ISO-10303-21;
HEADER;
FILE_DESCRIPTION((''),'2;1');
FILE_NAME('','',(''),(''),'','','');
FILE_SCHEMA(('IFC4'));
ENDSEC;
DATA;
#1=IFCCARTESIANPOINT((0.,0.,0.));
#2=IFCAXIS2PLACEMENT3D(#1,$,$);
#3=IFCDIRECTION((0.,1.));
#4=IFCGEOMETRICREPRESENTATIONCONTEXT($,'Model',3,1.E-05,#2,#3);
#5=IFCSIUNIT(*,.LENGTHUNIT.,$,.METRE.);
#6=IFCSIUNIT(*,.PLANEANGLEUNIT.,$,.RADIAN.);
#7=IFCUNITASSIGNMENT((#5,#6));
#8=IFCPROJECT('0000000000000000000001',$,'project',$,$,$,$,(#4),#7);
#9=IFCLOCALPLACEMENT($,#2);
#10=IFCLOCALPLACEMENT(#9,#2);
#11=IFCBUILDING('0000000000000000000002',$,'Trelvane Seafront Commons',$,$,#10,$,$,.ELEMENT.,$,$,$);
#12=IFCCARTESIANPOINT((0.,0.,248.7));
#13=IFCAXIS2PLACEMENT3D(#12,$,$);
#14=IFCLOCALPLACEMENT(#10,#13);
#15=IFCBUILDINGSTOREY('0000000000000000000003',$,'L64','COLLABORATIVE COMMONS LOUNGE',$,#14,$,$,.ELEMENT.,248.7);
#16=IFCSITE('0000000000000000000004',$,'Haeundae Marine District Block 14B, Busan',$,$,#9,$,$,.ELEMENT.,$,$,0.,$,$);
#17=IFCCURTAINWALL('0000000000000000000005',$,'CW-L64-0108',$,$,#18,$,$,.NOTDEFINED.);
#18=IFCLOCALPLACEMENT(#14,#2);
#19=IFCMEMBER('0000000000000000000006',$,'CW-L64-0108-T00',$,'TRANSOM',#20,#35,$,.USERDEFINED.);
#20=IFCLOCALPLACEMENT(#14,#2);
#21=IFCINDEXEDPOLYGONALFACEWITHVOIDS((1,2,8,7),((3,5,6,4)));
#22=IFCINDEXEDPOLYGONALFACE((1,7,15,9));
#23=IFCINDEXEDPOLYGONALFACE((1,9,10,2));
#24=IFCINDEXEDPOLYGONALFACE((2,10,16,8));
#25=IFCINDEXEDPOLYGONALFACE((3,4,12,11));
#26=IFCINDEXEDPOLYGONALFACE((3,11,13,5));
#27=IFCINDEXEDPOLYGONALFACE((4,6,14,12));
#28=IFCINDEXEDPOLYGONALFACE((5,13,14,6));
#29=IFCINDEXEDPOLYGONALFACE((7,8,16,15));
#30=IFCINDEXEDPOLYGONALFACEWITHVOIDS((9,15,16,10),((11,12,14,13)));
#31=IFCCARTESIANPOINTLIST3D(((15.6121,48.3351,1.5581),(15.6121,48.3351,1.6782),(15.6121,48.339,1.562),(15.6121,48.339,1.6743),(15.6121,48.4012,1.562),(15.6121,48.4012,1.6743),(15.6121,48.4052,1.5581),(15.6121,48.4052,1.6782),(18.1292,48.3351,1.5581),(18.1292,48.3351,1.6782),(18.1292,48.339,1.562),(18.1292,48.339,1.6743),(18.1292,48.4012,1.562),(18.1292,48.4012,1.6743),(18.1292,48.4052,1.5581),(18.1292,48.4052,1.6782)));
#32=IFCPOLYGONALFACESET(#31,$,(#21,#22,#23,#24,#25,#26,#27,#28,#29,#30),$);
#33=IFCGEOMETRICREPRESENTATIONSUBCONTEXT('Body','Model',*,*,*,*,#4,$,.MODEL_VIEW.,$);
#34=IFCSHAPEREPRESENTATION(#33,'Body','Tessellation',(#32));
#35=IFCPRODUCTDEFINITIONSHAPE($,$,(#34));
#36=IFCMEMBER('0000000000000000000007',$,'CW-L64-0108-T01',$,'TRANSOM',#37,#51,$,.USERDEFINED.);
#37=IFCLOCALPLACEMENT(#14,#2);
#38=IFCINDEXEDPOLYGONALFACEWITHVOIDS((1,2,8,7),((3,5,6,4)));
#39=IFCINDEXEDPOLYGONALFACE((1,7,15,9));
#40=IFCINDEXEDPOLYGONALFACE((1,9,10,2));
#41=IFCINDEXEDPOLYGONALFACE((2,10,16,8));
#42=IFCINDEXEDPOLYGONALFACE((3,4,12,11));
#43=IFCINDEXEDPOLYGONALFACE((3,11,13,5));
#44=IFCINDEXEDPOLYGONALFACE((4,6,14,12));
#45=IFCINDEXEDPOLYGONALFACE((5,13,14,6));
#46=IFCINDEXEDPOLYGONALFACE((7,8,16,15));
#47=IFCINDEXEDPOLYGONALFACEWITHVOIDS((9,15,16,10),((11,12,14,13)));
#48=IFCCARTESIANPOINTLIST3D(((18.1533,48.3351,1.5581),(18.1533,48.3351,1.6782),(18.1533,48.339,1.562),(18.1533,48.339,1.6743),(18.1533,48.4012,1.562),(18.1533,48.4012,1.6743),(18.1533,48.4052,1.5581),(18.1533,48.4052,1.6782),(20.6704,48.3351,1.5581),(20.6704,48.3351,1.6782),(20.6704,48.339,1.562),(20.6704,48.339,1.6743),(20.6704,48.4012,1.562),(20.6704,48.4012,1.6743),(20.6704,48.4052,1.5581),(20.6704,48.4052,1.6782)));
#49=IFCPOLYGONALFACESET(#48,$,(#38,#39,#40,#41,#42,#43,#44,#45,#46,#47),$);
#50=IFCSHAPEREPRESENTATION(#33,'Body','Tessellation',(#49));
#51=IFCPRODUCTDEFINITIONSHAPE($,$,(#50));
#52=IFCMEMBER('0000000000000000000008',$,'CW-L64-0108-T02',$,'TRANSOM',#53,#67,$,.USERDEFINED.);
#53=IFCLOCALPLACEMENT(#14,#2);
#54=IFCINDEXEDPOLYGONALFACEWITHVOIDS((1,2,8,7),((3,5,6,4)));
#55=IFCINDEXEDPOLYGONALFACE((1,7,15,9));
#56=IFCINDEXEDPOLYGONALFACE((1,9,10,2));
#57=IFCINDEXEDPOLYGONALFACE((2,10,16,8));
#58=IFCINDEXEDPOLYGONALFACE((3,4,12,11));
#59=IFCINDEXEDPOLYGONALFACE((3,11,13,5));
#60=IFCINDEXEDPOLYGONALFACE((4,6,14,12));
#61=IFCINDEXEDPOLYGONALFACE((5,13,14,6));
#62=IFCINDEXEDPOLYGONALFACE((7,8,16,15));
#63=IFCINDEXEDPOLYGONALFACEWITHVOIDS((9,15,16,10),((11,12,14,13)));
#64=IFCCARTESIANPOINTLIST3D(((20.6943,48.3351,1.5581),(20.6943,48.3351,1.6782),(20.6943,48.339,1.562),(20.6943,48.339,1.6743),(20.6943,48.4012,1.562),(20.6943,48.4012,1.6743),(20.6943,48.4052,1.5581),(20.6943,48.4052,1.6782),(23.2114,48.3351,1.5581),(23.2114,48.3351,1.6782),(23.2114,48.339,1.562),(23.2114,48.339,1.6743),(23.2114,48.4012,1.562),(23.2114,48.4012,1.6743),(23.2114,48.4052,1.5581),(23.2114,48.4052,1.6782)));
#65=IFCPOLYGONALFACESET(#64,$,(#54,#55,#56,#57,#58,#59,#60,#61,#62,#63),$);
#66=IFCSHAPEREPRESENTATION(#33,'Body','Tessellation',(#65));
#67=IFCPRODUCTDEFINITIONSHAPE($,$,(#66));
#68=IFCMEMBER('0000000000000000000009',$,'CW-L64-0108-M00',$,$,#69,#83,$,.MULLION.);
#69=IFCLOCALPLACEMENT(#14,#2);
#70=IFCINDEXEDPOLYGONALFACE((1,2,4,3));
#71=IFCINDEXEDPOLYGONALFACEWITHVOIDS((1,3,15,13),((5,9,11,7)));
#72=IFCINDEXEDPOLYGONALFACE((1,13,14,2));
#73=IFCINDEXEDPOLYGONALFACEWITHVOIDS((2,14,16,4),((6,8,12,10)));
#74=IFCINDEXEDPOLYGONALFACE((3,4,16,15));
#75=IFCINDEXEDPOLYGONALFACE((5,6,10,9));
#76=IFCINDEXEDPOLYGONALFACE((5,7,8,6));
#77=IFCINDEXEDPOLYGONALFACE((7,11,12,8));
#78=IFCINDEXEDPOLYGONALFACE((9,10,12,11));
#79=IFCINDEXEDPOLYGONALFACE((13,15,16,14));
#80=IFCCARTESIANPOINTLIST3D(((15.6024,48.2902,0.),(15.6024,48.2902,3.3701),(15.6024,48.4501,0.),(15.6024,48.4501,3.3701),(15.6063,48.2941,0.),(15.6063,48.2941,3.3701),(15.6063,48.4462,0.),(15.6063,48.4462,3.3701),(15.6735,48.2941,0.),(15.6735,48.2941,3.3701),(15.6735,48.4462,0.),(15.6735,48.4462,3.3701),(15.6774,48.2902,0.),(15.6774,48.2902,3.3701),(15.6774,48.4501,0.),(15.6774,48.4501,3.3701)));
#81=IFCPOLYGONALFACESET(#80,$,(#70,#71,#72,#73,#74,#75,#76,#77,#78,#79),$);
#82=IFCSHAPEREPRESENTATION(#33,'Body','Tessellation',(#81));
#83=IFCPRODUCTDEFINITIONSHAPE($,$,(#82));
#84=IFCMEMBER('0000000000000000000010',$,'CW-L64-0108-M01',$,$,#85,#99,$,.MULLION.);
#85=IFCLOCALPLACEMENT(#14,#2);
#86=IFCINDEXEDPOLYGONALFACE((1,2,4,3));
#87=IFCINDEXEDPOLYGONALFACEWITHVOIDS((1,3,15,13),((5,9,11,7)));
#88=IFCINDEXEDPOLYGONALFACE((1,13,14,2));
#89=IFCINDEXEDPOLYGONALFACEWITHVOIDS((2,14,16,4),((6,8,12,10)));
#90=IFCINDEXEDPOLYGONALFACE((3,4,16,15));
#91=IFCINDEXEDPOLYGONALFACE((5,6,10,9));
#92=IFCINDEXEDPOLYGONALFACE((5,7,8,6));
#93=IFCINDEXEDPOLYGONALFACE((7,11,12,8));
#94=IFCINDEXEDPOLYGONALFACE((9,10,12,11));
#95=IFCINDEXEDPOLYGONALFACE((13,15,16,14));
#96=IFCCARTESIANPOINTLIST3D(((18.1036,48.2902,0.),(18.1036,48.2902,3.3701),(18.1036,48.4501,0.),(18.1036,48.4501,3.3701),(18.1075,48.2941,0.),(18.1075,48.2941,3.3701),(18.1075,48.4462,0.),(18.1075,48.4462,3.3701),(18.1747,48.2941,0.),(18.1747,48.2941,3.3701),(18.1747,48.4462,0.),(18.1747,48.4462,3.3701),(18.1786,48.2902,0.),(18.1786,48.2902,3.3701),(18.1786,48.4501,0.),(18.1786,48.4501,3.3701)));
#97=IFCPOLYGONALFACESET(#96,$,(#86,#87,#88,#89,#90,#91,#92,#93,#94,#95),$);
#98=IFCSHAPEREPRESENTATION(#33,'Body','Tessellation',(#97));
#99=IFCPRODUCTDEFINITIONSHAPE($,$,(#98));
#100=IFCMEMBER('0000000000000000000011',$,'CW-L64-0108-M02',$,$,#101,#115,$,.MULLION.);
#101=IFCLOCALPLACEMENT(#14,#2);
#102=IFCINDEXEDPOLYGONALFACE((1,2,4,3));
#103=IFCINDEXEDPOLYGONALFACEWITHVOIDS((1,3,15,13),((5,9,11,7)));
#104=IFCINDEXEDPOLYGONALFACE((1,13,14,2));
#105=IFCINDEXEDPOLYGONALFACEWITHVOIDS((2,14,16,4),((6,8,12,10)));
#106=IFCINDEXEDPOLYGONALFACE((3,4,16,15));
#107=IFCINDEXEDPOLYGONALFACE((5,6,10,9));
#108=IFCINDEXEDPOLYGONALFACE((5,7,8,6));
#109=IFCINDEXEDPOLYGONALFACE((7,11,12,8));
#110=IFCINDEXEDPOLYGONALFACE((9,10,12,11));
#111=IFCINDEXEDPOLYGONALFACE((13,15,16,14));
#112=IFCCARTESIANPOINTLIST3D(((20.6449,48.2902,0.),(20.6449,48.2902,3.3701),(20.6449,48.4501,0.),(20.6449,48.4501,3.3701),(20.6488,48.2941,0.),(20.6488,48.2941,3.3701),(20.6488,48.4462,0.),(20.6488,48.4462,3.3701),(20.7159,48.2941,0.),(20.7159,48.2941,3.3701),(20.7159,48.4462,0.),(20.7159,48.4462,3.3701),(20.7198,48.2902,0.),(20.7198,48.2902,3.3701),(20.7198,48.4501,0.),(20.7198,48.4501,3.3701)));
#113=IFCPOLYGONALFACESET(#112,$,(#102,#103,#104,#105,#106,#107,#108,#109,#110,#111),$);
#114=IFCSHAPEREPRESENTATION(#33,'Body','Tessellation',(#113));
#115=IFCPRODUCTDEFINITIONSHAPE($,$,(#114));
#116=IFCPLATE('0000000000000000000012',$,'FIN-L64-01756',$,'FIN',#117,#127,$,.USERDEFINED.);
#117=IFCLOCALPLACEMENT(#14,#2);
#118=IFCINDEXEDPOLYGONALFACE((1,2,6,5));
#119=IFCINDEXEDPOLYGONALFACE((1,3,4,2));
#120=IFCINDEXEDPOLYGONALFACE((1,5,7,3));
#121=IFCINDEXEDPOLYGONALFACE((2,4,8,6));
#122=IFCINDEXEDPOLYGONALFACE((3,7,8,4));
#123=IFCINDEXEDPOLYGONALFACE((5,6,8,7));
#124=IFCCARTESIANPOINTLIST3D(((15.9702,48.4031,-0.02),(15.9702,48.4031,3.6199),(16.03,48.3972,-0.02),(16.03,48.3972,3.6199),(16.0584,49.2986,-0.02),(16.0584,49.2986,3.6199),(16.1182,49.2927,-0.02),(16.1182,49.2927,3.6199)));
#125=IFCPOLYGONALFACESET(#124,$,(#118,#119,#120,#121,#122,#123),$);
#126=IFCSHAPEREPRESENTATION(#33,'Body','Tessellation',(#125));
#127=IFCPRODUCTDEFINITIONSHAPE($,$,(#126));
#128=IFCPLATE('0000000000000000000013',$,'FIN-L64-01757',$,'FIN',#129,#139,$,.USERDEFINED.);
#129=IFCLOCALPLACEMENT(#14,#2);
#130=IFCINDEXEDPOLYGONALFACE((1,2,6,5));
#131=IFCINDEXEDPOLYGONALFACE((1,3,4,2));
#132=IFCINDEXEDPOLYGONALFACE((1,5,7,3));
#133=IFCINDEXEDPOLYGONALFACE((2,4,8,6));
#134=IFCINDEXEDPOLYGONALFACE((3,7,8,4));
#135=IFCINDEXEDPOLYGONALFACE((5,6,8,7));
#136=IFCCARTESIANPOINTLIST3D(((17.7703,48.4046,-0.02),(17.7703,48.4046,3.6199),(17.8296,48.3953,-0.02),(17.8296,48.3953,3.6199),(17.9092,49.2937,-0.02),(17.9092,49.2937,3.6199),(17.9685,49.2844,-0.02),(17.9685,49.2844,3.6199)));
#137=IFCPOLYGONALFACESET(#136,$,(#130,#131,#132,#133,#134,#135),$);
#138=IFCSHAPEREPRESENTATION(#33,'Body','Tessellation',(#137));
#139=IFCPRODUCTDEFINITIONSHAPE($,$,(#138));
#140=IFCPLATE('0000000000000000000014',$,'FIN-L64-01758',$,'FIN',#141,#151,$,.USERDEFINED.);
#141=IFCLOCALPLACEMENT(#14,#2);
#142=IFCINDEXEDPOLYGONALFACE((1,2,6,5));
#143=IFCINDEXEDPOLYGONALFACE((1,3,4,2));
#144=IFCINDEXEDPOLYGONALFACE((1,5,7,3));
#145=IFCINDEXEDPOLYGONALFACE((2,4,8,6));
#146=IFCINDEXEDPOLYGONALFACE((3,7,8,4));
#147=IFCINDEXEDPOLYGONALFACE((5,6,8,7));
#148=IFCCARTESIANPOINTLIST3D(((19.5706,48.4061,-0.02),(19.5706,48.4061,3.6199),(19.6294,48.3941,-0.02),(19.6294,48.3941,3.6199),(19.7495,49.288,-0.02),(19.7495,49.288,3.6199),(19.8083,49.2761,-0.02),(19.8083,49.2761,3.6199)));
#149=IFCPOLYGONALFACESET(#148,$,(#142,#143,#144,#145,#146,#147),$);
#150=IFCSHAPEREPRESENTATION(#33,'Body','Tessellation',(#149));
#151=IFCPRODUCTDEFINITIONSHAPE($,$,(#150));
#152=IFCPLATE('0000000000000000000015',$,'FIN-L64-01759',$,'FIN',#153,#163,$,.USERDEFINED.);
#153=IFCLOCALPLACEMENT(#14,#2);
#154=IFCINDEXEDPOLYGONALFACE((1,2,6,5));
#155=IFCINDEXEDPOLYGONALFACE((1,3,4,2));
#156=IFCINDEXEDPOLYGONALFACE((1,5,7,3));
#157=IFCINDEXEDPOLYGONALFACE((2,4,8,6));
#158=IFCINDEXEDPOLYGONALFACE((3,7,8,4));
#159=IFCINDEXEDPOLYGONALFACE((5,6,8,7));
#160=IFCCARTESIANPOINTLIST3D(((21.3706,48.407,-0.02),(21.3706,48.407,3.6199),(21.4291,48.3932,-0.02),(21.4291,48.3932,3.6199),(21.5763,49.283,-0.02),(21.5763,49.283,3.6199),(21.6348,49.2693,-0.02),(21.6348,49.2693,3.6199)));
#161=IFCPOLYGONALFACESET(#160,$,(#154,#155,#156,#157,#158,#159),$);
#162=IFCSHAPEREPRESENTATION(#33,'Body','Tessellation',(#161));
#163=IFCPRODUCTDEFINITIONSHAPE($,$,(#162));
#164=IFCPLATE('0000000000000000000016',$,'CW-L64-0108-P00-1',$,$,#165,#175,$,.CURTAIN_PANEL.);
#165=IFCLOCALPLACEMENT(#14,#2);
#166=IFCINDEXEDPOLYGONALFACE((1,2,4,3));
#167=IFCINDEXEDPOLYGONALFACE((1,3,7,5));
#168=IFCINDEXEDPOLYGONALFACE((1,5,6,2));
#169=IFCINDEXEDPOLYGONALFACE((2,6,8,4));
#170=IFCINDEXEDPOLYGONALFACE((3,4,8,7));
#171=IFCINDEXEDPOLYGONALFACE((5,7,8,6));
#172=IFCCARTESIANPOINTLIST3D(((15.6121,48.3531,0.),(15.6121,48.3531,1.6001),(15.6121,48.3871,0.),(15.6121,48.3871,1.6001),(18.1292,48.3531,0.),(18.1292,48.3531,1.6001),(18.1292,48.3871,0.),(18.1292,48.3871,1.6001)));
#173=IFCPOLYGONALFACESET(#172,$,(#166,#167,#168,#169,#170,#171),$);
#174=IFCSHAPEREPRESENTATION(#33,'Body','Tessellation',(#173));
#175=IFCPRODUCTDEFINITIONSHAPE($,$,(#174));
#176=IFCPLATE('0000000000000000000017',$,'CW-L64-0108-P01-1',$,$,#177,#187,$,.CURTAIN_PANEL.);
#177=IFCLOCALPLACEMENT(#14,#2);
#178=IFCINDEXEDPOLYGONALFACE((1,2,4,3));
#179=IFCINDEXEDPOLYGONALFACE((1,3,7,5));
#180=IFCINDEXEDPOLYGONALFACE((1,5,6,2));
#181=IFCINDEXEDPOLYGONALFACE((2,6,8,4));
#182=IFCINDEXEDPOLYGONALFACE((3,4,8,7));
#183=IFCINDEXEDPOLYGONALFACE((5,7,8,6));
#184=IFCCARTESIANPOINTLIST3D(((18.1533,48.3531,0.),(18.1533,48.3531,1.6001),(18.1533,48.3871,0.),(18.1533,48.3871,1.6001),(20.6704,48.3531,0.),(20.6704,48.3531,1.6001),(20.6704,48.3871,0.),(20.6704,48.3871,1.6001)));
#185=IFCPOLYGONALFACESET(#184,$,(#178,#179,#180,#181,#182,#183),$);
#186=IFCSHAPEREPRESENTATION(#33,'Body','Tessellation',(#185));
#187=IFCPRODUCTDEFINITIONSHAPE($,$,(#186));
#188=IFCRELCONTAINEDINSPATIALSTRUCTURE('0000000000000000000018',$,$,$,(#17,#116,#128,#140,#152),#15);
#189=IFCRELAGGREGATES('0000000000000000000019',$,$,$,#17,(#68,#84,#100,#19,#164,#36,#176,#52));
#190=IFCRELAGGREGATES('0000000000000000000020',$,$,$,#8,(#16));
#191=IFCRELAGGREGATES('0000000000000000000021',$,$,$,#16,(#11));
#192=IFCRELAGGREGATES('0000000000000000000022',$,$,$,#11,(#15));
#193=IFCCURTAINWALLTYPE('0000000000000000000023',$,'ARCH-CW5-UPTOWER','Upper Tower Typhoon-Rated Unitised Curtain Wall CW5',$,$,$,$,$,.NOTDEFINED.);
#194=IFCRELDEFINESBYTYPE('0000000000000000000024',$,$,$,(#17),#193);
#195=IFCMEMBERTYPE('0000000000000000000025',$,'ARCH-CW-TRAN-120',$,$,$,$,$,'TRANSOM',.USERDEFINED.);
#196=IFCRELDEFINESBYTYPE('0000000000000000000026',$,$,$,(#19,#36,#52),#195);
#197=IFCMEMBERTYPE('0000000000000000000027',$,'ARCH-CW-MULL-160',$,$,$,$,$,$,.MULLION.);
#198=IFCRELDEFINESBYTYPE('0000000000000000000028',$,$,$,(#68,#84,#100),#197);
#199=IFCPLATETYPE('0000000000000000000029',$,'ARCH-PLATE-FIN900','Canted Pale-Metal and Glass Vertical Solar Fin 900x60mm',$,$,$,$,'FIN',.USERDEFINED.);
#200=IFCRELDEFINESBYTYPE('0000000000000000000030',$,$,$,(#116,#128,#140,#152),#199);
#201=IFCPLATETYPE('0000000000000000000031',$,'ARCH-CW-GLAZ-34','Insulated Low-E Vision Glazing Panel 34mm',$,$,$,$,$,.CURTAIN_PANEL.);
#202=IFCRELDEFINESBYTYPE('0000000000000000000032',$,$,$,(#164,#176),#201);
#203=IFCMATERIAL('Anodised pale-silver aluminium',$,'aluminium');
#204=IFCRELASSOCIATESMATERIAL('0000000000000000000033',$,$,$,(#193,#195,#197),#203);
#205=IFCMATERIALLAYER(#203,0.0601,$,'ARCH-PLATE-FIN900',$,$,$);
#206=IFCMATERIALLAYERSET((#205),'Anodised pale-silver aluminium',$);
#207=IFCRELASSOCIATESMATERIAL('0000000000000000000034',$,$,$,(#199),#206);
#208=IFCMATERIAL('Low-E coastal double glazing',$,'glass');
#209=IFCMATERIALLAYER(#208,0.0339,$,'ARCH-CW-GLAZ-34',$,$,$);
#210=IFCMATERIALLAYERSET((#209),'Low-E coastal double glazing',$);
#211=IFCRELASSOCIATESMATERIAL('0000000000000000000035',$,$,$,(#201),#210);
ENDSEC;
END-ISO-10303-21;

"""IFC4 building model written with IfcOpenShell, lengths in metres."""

from ifc_helpers import new_model, si_unit, direction, frame, origin, origin_2d, place, context, subcontext, project, spatial, rectangle, hollow_rectangle, extrude, source, transform, mapped, material, layer, layer_set, material_profile, profile_set, type_object, element, aggregate, save


model = new_model("IFC4")

# Units and contexts
model_context = context("Model", 3, precision=1e-05, world=origin(), true_north=direction((0.0, 1.0)))
body_context = subcontext(model_context, "Body", "Model", "MODEL_VIEW")
ifc_project = project(units=[si_unit("LENGTHUNIT", "METRE"), si_unit("PLANEANGLEUNIT", "RADIAN")], contexts=[model_context])

# Site, building, storey
site_placement = place(None, origin())
site = spatial("IfcSite", under=ifc_project, at=site_placement, Name="Haeundae Marine District Block 14B, Busan", CompositionType="ELEMENT", RefElevation=0.0)
building_placement = place(site_placement, origin())
building = spatial("IfcBuilding", under=site, at=building_placement, Name="Trelvane Seafront Commons", CompositionType="ELEMENT")
storey_placement = place(building_placement, frame((0.0, 0.0, 248.7)))
storey = spatial("IfcBuildingStorey", under=building, at=storey_placement, Name="L64", Description="COLLABORATIVE COMMONS LOUNGE", CompositionType="ELEMENT", Elevation=248.7)

# Curtain wall, members
ifc_material_1 = material(Name="Anodised pale-silver aluminium", Category="aluminium")
curtain_wall_type = type_object("IfcCurtainWallType", Name="ARCH-CW5-UPTOWER", Description="Upper Tower Typhoon-Rated Unitised Curtain Wall CW5", PredefinedType="NOTDEFINED", material=ifc_material_1)
curtain_wall_placement = place(storey_placement, origin())
curtain_wall = element("IfcCurtainWall", 1, at=curtain_wall_placement, inside=storey, type_object=curtain_wall_type, Name="CW-L64-0108", PredefinedType="NOTDEFINED")
ifc_material_profile_1 = material_profile(ifc_material_1, hollow_rectangle(XDim=0.0701, YDim=0.1201, WallThickness=0.0039, at=origin_2d()), Name="TRAN-70x120x4")
ifc_profile_set_1 = profile_set([ifc_material_profile_1], Name="Anodised pale-silver aluminium")
member_type_1 = type_object("IfcMemberType", Name="ARCH-CW-TRAN-120", ElementType="TRANSOM", PredefinedType="USERDEFINED", material=ifc_profile_set_1)
shared_shape_1 = source(origin(), body_context, "Body", "SweptSolid", [
    extrude(hollow_rectangle(XDim=0.0701, YDim=0.1201, WallThickness=0.0039, at=origin_2d()), origin(), (0.0, 0.0, 1.0), 2.5171),
])
member_1_placement = place(storey_placement, frame((15.6121, 48.3701, 1.6182), z_axis=(1.0, 0.0, 0.0), x_axis=(0.0, 1.0, 0.0)))
member_1 = element("IfcMember", 2, at=member_1_placement, type_object=member_type_1, Name="CW-L64-0108-T00", ObjectType="TRANSOM", PredefinedType="USERDEFINED", context=body_context, shape_type="MappedRepresentation", body=[
    mapped(shared_shape_1, transform((0.0, 0.0, 0.0), x_axis=(1.0, 0.0, 0.0), y_axis=(0.0, 1.0, 0.0), z_axis=(0.0, 0.0, 1.0), scale=1.0)),
])
member_2_placement = place(storey_placement, frame((18.1533, 48.3701, 1.6182), z_axis=(1.0, 0.0, 0.0), x_axis=(0.0, 1.0, 0.0)))
member_2 = element("IfcMember", 3, at=member_2_placement, type_object=member_type_1, Name="CW-L64-0108-T01", ObjectType="TRANSOM", PredefinedType="USERDEFINED", context=body_context, shape_type="MappedRepresentation", body=[
    mapped(shared_shape_1, transform((0.0, 0.0, 0.0), x_axis=(1.0, 0.0, 0.0), y_axis=(0.0, 1.0, 0.0), z_axis=(0.0, 0.0, 1.0), scale=1.0)),
])
member_3_placement = place(storey_placement, frame((20.6943, 48.3701, 1.6182), z_axis=(1.0, 0.0, 0.0), x_axis=(0.0, 1.0, 0.0)))
member_3 = element("IfcMember", 4, at=member_3_placement, type_object=member_type_1, Name="CW-L64-0108-T02", ObjectType="TRANSOM", PredefinedType="USERDEFINED", context=body_context, shape_type="MappedRepresentation", body=[
    mapped(shared_shape_1, transform((0.0, 0.0, 0.0), x_axis=(1.0, 0.0, 0.0), y_axis=(0.0, 1.0, 0.0), z_axis=(0.0, 0.0, 1.0), scale=1.0)),
])
ifc_material_profile_2 = material_profile(ifc_material_1, hollow_rectangle(XDim=0.075, YDim=0.1599, WallThickness=0.0039, at=origin_2d()), Name="MULL-75x160x4")
ifc_profile_set_2 = profile_set([ifc_material_profile_2], Name="Anodised pale-silver aluminium")
member_type_2 = type_object("IfcMemberType", Name="ARCH-CW-MULL-160", PredefinedType="MULLION", material=ifc_profile_set_2)
shared_shape_2 = source(origin(), body_context, "Body", "SweptSolid", [
    extrude(hollow_rectangle(XDim=0.075, YDim=0.1599, WallThickness=0.0039, at=origin_2d()), origin(), (0.0, 0.0, 1.0), 3.3701),
])
member_4_placement = place(storey_placement, frame((15.6399, 48.3701, 0.0), z_axis=(0.0, 0.0, 1.0), x_axis=(1.0, 0.0, 0.0)))
member_4 = element("IfcMember", 5, at=member_4_placement, type_object=member_type_2, Name="CW-L64-0108-M00", PredefinedType="MULLION", context=body_context, shape_type="MappedRepresentation", body=[
    mapped(shared_shape_2, transform((0.0, 0.0, 0.0), x_axis=(1.0, 0.0, 0.0), y_axis=(0.0, 1.0, 0.0), z_axis=(0.0, 0.0, 1.0), scale=1.0)),
])
member_5_placement = place(storey_placement, frame((18.1411, 48.3701, 0.0), z_axis=(0.0, 0.0, 1.0), x_axis=(1.0, 0.0, 0.0)))
member_5 = element("IfcMember", 6, at=member_5_placement, type_object=member_type_2, Name="CW-L64-0108-M01", PredefinedType="MULLION", context=body_context, shape_type="MappedRepresentation", body=[
    mapped(shared_shape_2, transform((0.0, 0.0, 0.0), x_axis=(1.0, 0.0, 0.0), y_axis=(0.0, 1.0, 0.0), z_axis=(0.0, 0.0, 1.0), scale=1.0)),
])
member_6_placement = place(storey_placement, frame((20.6824, 48.3701, 0.0), z_axis=(0.0, 0.0, 1.0), x_axis=(1.0, 0.0, 0.0)))
member_6 = element("IfcMember", 7, at=member_6_placement, type_object=member_type_2, Name="CW-L64-0108-M02", PredefinedType="MULLION", context=body_context, shape_type="MappedRepresentation", body=[
    mapped(shared_shape_2, transform((0.0, 0.0, 0.0), x_axis=(1.0, 0.0, 0.0), y_axis=(0.0, 1.0, 0.0), z_axis=(0.0, 0.0, 1.0), scale=1.0)),
])

# Plates
ifc_layer_1 = layer(ifc_material_1, 0.0601, Name="ARCH-PLATE-FIN900")
ifc_layer_set_1 = layer_set([ifc_layer_1], Name="Anodised pale-silver aluminium")
plate_type_1 = type_object("IfcPlateType", Name="ARCH-PLATE-FIN900", Description="Canted Pale-Metal and Glass Vertical Solar Fin 900x60mm", ElementType="FIN", PredefinedType="USERDEFINED", material=ifc_layer_set_1)
shared_shape_3 = source(origin(), body_context, "Body", "SweptSolid", [
    extrude(rectangle(XDim=0.8999, YDim=0.0601, at=origin_2d()), origin(), (0.0, 0.0, 1.0), 3.6399),
])
for number, where, z_axis, x_axis, name in (
    (8, (16.0442, 48.8479, -0.02), (0.0, 0.0, 1.0), (0.097996, 0.995187, 0.0), "FIN-L64-01756"),
    (9, (17.8694, 48.8445, -0.02), (0.0, 0.0, 1.0), (0.154336, 0.988018, 0.0), "FIN-L64-01757"),
    (10, (19.6895, 48.8411, -0.02), (0.0, 0.0, 1.0), (0.198786, 0.980043, 0.0), "FIN-L64-01758"),
    (11, (21.5027, 48.8381, -0.02), (0.0, 0.0, 1.0), (0.22855, 0.973532, 0.0), "FIN-L64-01759"),
):
    element("IfcPlate", number, at=place(storey_placement, frame(where, z_axis=z_axis, x_axis=x_axis)), inside=storey, type_object=plate_type_1, Name=name, ObjectType="FIN", PredefinedType="USERDEFINED", context=body_context, shape_type="MappedRepresentation", body=[
        mapped(shared_shape_3, transform((0.0, 0.0, 0.0), x_axis=(1.0, 0.0, 0.0), y_axis=(0.0, 1.0, 0.0), z_axis=(0.0, 0.0, 1.0), scale=1.0)),
    ])

# Plates
ifc_material_2 = material(Name="Low-E coastal double glazing", Category="glass")
ifc_layer_2 = layer(ifc_material_2, 0.0339, Name="ARCH-CW-GLAZ-34")
ifc_layer_set_2 = layer_set([ifc_layer_2], Name="Low-E coastal double glazing")
plate_type_2 = type_object("IfcPlateType", Name="ARCH-CW-GLAZ-34", Description="Insulated Low-E Vision Glazing Panel 34mm", PredefinedType="CURTAIN_PANEL", material=ifc_layer_set_2)
shared_shape_4 = source(origin(), body_context, "Body", "SweptSolid", [
    extrude(rectangle(XDim=2.5171, YDim=0.0339, at=origin_2d()), origin(), (0.0, 0.0, 1.0), 1.6001),
])
plate_1_placement = place(storey_placement, frame((16.8706, 48.3701, 0.0), z_axis=(0.0, 0.0, 1.0), x_axis=(1.0, 0.0, 0.0)))
plate_1 = element("IfcPlate", 12, at=plate_1_placement, type_object=plate_type_2, Name="CW-L64-0108-P00-1", PredefinedType="CURTAIN_PANEL", context=body_context, shape_type="MappedRepresentation", body=[
    mapped(shared_shape_4, transform((0.0, 0.0, 0.0), x_axis=(1.0, 0.0, 0.0), y_axis=(0.0, 1.0, 0.0), z_axis=(0.0, 0.0, 1.0), scale=1.0)),
])
plate_2_placement = place(storey_placement, frame((19.4119, 48.3701, 0.0), z_axis=(0.0, 0.0, 1.0), x_axis=(1.0, 0.0, 0.0)))
plate_2 = element("IfcPlate", 13, at=plate_2_placement, type_object=plate_type_2, Name="CW-L64-0108-P01-1", PredefinedType="CURTAIN_PANEL", context=body_context, shape_type="MappedRepresentation", body=[
    mapped(shared_shape_4, transform((0.0, 0.0, 0.0), x_axis=(1.0, 0.0, 0.0), y_axis=(0.0, 1.0, 0.0), z_axis=(0.0, 0.0, 1.0), scale=1.0)),
])
aggregate(curtain_wall, [member_4, member_5, member_6, member_1, plate_1, member_2, plate_2, member_3])

save(model, "model.ifc")
